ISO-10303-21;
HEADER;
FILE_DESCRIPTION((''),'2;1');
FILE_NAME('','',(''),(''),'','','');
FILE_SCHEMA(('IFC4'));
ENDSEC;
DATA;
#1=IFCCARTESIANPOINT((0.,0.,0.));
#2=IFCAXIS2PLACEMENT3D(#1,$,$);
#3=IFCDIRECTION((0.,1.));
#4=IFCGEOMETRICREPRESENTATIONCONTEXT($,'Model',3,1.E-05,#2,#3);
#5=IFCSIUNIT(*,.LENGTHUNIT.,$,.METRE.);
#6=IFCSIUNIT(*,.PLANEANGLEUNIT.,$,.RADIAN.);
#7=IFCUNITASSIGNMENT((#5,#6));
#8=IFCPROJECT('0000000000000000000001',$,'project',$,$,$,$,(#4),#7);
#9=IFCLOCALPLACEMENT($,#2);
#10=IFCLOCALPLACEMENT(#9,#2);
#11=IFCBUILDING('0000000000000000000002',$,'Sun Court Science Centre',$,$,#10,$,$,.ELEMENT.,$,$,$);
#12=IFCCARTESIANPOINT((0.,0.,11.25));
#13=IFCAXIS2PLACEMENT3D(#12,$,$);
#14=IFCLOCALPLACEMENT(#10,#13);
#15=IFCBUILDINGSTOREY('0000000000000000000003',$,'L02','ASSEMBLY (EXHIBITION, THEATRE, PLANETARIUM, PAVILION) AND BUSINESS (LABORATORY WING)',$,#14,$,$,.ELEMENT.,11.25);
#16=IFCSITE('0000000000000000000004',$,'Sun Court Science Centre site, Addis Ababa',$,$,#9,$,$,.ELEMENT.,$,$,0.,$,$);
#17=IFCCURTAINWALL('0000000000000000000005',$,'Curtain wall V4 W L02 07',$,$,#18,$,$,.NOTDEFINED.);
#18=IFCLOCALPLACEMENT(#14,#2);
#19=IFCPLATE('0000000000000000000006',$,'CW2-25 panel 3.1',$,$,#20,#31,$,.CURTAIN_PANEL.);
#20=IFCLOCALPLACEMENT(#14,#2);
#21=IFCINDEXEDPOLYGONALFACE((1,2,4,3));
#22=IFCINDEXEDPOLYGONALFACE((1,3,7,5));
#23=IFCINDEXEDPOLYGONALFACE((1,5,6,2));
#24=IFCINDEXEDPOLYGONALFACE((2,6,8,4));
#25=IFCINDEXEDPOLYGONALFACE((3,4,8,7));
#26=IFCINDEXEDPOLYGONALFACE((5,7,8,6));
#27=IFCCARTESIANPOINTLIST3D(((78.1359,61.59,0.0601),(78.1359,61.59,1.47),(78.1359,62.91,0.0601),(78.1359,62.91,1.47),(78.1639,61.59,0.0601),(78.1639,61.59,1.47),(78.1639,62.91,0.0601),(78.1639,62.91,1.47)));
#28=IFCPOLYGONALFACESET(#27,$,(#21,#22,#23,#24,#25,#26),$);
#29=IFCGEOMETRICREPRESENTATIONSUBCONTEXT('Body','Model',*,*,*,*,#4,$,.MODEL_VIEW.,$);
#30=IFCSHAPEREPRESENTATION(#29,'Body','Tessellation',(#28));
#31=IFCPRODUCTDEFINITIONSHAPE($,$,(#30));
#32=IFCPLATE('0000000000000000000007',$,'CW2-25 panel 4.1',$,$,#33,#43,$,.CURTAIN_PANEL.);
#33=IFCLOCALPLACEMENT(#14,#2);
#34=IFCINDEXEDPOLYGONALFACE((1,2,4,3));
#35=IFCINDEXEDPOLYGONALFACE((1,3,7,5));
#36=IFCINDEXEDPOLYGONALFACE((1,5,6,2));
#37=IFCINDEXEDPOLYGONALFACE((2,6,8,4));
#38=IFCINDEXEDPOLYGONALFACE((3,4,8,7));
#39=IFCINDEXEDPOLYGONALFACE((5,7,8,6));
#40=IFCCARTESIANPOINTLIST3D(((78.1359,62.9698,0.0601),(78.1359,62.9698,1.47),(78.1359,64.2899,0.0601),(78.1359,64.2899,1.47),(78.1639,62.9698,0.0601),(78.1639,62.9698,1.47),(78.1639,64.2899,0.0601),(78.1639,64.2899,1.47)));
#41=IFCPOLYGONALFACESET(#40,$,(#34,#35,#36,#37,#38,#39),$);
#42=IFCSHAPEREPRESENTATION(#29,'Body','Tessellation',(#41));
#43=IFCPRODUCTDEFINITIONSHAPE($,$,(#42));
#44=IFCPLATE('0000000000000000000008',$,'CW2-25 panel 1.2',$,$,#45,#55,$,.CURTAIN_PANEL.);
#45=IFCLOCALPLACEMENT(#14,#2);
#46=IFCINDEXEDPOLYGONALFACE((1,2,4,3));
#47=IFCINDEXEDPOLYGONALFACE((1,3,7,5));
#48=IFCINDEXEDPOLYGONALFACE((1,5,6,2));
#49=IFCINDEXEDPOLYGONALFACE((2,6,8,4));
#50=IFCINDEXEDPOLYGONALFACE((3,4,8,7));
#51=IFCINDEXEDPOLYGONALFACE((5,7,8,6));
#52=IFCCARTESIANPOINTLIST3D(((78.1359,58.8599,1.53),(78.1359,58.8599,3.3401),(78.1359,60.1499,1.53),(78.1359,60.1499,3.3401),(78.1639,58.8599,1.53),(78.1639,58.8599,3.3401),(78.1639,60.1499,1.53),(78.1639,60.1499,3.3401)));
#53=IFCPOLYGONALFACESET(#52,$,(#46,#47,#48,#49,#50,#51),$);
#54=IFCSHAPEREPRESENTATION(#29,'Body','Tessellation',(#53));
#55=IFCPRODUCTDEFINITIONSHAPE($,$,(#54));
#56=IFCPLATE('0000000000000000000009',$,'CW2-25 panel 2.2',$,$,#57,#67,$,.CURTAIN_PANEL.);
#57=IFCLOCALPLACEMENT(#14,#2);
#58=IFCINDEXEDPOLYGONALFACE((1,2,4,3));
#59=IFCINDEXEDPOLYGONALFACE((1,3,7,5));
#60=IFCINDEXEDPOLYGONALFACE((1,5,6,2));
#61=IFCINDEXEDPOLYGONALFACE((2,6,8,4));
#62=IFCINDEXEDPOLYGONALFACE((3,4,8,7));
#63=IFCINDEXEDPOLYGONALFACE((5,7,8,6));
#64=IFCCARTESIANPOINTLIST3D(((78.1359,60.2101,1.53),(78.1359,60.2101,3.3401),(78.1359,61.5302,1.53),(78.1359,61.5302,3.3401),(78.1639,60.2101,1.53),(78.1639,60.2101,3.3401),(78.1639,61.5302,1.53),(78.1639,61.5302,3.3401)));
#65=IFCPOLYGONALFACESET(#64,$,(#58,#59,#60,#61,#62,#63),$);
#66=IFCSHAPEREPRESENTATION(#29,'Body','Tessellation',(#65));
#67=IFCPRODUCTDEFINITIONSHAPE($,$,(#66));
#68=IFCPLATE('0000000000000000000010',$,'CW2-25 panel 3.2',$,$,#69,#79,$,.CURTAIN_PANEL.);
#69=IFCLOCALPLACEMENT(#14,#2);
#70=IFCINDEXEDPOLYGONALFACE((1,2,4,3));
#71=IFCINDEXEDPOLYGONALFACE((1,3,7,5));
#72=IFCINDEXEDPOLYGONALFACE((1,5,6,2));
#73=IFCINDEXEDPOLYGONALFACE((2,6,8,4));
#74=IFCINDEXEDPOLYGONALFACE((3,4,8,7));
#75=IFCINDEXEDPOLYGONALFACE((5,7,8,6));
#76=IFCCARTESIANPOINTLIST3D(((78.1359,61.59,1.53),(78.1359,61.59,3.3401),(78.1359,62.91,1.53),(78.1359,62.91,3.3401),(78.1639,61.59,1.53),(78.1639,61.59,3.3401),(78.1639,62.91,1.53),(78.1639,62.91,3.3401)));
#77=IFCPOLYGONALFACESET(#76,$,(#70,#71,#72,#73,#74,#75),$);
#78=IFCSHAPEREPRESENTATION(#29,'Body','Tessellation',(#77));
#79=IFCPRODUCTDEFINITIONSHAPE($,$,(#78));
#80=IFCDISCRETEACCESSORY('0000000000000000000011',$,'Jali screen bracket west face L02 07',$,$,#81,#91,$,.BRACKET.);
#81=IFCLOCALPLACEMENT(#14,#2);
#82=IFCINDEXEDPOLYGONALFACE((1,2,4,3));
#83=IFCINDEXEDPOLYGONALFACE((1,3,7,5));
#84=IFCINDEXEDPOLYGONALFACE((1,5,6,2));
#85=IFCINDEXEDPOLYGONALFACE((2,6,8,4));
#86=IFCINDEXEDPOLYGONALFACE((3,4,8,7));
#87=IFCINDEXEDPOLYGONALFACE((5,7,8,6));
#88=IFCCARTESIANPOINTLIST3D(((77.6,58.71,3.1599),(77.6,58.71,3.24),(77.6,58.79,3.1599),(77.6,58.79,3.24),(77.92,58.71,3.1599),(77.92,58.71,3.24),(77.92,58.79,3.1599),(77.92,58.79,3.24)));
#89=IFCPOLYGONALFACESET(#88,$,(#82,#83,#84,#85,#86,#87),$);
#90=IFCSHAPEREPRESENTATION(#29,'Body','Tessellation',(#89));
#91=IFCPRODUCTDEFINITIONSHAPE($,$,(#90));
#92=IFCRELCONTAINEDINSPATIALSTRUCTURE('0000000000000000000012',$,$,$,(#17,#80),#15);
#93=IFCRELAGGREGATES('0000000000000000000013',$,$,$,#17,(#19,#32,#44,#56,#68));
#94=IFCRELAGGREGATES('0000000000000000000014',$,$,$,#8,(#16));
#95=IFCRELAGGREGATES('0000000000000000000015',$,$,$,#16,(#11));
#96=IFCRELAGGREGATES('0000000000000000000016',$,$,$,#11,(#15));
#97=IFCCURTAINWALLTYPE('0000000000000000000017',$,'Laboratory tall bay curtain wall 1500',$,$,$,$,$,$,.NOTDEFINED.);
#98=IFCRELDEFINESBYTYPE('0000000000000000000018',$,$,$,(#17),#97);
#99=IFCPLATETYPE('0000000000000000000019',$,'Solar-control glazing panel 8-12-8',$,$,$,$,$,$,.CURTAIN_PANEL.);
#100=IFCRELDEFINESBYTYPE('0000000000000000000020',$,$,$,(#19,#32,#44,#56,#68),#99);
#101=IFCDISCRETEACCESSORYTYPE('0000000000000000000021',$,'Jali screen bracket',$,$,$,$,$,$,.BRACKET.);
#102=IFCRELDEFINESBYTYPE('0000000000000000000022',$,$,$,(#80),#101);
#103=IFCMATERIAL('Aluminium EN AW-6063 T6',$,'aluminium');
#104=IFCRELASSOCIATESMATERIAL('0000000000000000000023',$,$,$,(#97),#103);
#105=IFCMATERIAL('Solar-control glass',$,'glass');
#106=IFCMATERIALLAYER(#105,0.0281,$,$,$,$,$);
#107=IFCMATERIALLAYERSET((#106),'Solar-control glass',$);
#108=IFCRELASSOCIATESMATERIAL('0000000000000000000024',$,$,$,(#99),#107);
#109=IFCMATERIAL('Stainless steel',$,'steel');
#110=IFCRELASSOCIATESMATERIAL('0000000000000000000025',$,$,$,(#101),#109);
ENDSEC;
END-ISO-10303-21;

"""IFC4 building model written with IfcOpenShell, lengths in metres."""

from ifc_helpers import new_model, si_unit, direction, frame, origin, origin_2d, place, context, subcontext, project, spatial, rectangle, extrude, material, layer, layer_set, type_object, element, aggregate, save


model = new_model("IFC4")

# Units and contexts
model_context = context("Model", 3, precision=1e-05, world=origin(), true_north=direction((0.0, 1.0)))
body_context = subcontext(model_context, "Body", "Model", "MODEL_VIEW")
ifc_project = project(units=[si_unit("LENGTHUNIT", "METRE"), si_unit("PLANEANGLEUNIT", "RADIAN")], contexts=[model_context])

# Site, building, storey
site_placement = place(None, origin())
site = spatial("IfcSite", under=ifc_project, at=site_placement, Name="Sun Court Science Centre site, Addis Ababa", CompositionType="ELEMENT", RefElevation=0.0)
building_placement = place(site_placement, origin())
building = spatial("IfcBuilding", under=site, at=building_placement, Name="Sun Court Science Centre", CompositionType="ELEMENT")
storey_placement = place(building_placement, frame((0.0, 0.0, 11.25)))
storey = spatial("IfcBuildingStorey", under=building, at=storey_placement, Name="L02", Description="ASSEMBLY (EXHIBITION, THEATRE, PLANETARIUM, PAVILION) AND BUSINESS (LABORATORY WING)", CompositionType="ELEMENT", Elevation=11.25)

# Shared definitions
ifc_material_1 = material(Name="Aluminium EN AW-6063 T6", Category="aluminium")
curtain_wall_type = type_object("IfcCurtainWallType", Name="Laboratory tall bay curtain wall 1500", PredefinedType="NOTDEFINED", material=ifc_material_1)

# Curtain wall
curtain_wall_1_placement = place(storey_placement, origin())
curtain_wall_1 = element("IfcCurtainWall", 1, at=curtain_wall_1_placement, inside=storey, type_object=curtain_wall_type, Name="Curtain wall V4 W L02 07", PredefinedType="NOTDEFINED")

# Plates
ifc_material_2 = material(Name="Solar-control glass", Category="glass")
ifc_layer = layer(ifc_material_2, 0.0281)
ifc_layer_set = layer_set([ifc_layer], Name="Solar-control glass")
plate_type = type_object("IfcPlateType", Name="Solar-control glazing panel 8-12-8", PredefinedType="CURTAIN_PANEL", material=ifc_layer_set)
plate_1_placement = place(storey_placement, frame((78.1499, 62.25, 0.0601), z_axis=(0.0, 0.0, 1.0), x_axis=(0.0, 1.0, 0.0)))
plate_1 = element("IfcPlate", 2, at=plate_1_placement, type_object=plate_type, Name="CW2-25 panel 3.1", PredefinedType="CURTAIN_PANEL", context=body_context, shape_type="SweptSolid", body=[
    extrude(rectangle(XDim=1.3201, YDim=0.0281, at=origin_2d()), origin(), (0.0, 0.0, 1.0), 1.4099),
])
plate_2_placement = place(storey_placement, frame((78.1499, 63.6299, 0.0601), z_axis=(0.0, 0.0, 1.0), x_axis=(0.0, 1.0, 0.0)))
plate_2 = element("IfcPlate", 3, at=plate_2_placement, type_object=plate_type, Name="CW2-25 panel 4.1", PredefinedType="CURTAIN_PANEL", context=body_context, shape_type="SweptSolid", body=[
    extrude(rectangle(XDim=1.3201, YDim=0.0281, at=origin_2d()), origin(), (0.0, 0.0, 1.0), 1.4099),
])
plate_3_placement = place(storey_placement, frame((78.1499, 59.5049, 1.53), z_axis=(0.0, 0.0, 1.0), x_axis=(0.0, 1.0, 0.0)))
plate_3 = element("IfcPlate", 4, at=plate_3_placement, type_object=plate_type, Name="CW2-25 panel 1.2", PredefinedType="CURTAIN_PANEL", context=body_context, shape_type="SweptSolid", body=[
    extrude(rectangle(XDim=1.29, YDim=0.0281, at=origin_2d()), origin(), (0.0, 0.0, 1.0), 1.8101),
])
plate_4_placement = place(storey_placement, frame((78.1499, 60.8701, 1.53), z_axis=(0.0, 0.0, 1.0), x_axis=(0.0, 1.0, 0.0)))
plate_4 = element("IfcPlate", 5, at=plate_4_placement, type_object=plate_type, Name="CW2-25 panel 2.2", PredefinedType="CURTAIN_PANEL", context=body_context, shape_type="SweptSolid", body=[
    extrude(rectangle(XDim=1.3201, YDim=0.0281, at=origin_2d()), origin(), (0.0, 0.0, 1.0), 1.8101),
])
plate_5_placement = place(storey_placement, frame((78.1499, 62.25, 1.53), z_axis=(0.0, 0.0, 1.0), x_axis=(0.0, 1.0, 0.0)))
plate_5 = element("IfcPlate", 6, at=plate_5_placement, type_object=plate_type, Name="CW2-25 panel 3.2", PredefinedType="CURTAIN_PANEL", context=body_context, shape_type="SweptSolid", body=[
    extrude(rectangle(XDim=1.3201, YDim=0.0281, at=origin_2d()), origin(), (0.0, 0.0, 1.0), 1.8101),
])
aggregate(curtain_wall_1, [plate_1, plate_2, plate_3, plate_4, plate_5])

# Discrete accessory
ifc_material_3 = material(Name="Stainless steel", Category="steel")
discrete_accessory_type = type_object("IfcDiscreteAccessoryType", Name="Jali screen bracket", PredefinedType="BRACKET", material=ifc_material_3)
discrete_accessory_placement = place(storey_placement, frame((77.76, 58.75, 3.1599), z_axis=(0.0, 0.0, 1.0), x_axis=(0.0, 1.0, 0.0)))
element("IfcDiscreteAccessory", 7, at=discrete_accessory_placement, inside=storey, type_object=discrete_accessory_type, Name="Jali screen bracket west face L02 07", PredefinedType="BRACKET", context=body_context, shape_type="SweptSolid", body=[
    extrude(rectangle(XDim=0.0801, YDim=0.3201, at=origin_2d()), origin(), (0.0, 0.0, 1.0), 0.0801),
])

save(model, "model.ifc")
